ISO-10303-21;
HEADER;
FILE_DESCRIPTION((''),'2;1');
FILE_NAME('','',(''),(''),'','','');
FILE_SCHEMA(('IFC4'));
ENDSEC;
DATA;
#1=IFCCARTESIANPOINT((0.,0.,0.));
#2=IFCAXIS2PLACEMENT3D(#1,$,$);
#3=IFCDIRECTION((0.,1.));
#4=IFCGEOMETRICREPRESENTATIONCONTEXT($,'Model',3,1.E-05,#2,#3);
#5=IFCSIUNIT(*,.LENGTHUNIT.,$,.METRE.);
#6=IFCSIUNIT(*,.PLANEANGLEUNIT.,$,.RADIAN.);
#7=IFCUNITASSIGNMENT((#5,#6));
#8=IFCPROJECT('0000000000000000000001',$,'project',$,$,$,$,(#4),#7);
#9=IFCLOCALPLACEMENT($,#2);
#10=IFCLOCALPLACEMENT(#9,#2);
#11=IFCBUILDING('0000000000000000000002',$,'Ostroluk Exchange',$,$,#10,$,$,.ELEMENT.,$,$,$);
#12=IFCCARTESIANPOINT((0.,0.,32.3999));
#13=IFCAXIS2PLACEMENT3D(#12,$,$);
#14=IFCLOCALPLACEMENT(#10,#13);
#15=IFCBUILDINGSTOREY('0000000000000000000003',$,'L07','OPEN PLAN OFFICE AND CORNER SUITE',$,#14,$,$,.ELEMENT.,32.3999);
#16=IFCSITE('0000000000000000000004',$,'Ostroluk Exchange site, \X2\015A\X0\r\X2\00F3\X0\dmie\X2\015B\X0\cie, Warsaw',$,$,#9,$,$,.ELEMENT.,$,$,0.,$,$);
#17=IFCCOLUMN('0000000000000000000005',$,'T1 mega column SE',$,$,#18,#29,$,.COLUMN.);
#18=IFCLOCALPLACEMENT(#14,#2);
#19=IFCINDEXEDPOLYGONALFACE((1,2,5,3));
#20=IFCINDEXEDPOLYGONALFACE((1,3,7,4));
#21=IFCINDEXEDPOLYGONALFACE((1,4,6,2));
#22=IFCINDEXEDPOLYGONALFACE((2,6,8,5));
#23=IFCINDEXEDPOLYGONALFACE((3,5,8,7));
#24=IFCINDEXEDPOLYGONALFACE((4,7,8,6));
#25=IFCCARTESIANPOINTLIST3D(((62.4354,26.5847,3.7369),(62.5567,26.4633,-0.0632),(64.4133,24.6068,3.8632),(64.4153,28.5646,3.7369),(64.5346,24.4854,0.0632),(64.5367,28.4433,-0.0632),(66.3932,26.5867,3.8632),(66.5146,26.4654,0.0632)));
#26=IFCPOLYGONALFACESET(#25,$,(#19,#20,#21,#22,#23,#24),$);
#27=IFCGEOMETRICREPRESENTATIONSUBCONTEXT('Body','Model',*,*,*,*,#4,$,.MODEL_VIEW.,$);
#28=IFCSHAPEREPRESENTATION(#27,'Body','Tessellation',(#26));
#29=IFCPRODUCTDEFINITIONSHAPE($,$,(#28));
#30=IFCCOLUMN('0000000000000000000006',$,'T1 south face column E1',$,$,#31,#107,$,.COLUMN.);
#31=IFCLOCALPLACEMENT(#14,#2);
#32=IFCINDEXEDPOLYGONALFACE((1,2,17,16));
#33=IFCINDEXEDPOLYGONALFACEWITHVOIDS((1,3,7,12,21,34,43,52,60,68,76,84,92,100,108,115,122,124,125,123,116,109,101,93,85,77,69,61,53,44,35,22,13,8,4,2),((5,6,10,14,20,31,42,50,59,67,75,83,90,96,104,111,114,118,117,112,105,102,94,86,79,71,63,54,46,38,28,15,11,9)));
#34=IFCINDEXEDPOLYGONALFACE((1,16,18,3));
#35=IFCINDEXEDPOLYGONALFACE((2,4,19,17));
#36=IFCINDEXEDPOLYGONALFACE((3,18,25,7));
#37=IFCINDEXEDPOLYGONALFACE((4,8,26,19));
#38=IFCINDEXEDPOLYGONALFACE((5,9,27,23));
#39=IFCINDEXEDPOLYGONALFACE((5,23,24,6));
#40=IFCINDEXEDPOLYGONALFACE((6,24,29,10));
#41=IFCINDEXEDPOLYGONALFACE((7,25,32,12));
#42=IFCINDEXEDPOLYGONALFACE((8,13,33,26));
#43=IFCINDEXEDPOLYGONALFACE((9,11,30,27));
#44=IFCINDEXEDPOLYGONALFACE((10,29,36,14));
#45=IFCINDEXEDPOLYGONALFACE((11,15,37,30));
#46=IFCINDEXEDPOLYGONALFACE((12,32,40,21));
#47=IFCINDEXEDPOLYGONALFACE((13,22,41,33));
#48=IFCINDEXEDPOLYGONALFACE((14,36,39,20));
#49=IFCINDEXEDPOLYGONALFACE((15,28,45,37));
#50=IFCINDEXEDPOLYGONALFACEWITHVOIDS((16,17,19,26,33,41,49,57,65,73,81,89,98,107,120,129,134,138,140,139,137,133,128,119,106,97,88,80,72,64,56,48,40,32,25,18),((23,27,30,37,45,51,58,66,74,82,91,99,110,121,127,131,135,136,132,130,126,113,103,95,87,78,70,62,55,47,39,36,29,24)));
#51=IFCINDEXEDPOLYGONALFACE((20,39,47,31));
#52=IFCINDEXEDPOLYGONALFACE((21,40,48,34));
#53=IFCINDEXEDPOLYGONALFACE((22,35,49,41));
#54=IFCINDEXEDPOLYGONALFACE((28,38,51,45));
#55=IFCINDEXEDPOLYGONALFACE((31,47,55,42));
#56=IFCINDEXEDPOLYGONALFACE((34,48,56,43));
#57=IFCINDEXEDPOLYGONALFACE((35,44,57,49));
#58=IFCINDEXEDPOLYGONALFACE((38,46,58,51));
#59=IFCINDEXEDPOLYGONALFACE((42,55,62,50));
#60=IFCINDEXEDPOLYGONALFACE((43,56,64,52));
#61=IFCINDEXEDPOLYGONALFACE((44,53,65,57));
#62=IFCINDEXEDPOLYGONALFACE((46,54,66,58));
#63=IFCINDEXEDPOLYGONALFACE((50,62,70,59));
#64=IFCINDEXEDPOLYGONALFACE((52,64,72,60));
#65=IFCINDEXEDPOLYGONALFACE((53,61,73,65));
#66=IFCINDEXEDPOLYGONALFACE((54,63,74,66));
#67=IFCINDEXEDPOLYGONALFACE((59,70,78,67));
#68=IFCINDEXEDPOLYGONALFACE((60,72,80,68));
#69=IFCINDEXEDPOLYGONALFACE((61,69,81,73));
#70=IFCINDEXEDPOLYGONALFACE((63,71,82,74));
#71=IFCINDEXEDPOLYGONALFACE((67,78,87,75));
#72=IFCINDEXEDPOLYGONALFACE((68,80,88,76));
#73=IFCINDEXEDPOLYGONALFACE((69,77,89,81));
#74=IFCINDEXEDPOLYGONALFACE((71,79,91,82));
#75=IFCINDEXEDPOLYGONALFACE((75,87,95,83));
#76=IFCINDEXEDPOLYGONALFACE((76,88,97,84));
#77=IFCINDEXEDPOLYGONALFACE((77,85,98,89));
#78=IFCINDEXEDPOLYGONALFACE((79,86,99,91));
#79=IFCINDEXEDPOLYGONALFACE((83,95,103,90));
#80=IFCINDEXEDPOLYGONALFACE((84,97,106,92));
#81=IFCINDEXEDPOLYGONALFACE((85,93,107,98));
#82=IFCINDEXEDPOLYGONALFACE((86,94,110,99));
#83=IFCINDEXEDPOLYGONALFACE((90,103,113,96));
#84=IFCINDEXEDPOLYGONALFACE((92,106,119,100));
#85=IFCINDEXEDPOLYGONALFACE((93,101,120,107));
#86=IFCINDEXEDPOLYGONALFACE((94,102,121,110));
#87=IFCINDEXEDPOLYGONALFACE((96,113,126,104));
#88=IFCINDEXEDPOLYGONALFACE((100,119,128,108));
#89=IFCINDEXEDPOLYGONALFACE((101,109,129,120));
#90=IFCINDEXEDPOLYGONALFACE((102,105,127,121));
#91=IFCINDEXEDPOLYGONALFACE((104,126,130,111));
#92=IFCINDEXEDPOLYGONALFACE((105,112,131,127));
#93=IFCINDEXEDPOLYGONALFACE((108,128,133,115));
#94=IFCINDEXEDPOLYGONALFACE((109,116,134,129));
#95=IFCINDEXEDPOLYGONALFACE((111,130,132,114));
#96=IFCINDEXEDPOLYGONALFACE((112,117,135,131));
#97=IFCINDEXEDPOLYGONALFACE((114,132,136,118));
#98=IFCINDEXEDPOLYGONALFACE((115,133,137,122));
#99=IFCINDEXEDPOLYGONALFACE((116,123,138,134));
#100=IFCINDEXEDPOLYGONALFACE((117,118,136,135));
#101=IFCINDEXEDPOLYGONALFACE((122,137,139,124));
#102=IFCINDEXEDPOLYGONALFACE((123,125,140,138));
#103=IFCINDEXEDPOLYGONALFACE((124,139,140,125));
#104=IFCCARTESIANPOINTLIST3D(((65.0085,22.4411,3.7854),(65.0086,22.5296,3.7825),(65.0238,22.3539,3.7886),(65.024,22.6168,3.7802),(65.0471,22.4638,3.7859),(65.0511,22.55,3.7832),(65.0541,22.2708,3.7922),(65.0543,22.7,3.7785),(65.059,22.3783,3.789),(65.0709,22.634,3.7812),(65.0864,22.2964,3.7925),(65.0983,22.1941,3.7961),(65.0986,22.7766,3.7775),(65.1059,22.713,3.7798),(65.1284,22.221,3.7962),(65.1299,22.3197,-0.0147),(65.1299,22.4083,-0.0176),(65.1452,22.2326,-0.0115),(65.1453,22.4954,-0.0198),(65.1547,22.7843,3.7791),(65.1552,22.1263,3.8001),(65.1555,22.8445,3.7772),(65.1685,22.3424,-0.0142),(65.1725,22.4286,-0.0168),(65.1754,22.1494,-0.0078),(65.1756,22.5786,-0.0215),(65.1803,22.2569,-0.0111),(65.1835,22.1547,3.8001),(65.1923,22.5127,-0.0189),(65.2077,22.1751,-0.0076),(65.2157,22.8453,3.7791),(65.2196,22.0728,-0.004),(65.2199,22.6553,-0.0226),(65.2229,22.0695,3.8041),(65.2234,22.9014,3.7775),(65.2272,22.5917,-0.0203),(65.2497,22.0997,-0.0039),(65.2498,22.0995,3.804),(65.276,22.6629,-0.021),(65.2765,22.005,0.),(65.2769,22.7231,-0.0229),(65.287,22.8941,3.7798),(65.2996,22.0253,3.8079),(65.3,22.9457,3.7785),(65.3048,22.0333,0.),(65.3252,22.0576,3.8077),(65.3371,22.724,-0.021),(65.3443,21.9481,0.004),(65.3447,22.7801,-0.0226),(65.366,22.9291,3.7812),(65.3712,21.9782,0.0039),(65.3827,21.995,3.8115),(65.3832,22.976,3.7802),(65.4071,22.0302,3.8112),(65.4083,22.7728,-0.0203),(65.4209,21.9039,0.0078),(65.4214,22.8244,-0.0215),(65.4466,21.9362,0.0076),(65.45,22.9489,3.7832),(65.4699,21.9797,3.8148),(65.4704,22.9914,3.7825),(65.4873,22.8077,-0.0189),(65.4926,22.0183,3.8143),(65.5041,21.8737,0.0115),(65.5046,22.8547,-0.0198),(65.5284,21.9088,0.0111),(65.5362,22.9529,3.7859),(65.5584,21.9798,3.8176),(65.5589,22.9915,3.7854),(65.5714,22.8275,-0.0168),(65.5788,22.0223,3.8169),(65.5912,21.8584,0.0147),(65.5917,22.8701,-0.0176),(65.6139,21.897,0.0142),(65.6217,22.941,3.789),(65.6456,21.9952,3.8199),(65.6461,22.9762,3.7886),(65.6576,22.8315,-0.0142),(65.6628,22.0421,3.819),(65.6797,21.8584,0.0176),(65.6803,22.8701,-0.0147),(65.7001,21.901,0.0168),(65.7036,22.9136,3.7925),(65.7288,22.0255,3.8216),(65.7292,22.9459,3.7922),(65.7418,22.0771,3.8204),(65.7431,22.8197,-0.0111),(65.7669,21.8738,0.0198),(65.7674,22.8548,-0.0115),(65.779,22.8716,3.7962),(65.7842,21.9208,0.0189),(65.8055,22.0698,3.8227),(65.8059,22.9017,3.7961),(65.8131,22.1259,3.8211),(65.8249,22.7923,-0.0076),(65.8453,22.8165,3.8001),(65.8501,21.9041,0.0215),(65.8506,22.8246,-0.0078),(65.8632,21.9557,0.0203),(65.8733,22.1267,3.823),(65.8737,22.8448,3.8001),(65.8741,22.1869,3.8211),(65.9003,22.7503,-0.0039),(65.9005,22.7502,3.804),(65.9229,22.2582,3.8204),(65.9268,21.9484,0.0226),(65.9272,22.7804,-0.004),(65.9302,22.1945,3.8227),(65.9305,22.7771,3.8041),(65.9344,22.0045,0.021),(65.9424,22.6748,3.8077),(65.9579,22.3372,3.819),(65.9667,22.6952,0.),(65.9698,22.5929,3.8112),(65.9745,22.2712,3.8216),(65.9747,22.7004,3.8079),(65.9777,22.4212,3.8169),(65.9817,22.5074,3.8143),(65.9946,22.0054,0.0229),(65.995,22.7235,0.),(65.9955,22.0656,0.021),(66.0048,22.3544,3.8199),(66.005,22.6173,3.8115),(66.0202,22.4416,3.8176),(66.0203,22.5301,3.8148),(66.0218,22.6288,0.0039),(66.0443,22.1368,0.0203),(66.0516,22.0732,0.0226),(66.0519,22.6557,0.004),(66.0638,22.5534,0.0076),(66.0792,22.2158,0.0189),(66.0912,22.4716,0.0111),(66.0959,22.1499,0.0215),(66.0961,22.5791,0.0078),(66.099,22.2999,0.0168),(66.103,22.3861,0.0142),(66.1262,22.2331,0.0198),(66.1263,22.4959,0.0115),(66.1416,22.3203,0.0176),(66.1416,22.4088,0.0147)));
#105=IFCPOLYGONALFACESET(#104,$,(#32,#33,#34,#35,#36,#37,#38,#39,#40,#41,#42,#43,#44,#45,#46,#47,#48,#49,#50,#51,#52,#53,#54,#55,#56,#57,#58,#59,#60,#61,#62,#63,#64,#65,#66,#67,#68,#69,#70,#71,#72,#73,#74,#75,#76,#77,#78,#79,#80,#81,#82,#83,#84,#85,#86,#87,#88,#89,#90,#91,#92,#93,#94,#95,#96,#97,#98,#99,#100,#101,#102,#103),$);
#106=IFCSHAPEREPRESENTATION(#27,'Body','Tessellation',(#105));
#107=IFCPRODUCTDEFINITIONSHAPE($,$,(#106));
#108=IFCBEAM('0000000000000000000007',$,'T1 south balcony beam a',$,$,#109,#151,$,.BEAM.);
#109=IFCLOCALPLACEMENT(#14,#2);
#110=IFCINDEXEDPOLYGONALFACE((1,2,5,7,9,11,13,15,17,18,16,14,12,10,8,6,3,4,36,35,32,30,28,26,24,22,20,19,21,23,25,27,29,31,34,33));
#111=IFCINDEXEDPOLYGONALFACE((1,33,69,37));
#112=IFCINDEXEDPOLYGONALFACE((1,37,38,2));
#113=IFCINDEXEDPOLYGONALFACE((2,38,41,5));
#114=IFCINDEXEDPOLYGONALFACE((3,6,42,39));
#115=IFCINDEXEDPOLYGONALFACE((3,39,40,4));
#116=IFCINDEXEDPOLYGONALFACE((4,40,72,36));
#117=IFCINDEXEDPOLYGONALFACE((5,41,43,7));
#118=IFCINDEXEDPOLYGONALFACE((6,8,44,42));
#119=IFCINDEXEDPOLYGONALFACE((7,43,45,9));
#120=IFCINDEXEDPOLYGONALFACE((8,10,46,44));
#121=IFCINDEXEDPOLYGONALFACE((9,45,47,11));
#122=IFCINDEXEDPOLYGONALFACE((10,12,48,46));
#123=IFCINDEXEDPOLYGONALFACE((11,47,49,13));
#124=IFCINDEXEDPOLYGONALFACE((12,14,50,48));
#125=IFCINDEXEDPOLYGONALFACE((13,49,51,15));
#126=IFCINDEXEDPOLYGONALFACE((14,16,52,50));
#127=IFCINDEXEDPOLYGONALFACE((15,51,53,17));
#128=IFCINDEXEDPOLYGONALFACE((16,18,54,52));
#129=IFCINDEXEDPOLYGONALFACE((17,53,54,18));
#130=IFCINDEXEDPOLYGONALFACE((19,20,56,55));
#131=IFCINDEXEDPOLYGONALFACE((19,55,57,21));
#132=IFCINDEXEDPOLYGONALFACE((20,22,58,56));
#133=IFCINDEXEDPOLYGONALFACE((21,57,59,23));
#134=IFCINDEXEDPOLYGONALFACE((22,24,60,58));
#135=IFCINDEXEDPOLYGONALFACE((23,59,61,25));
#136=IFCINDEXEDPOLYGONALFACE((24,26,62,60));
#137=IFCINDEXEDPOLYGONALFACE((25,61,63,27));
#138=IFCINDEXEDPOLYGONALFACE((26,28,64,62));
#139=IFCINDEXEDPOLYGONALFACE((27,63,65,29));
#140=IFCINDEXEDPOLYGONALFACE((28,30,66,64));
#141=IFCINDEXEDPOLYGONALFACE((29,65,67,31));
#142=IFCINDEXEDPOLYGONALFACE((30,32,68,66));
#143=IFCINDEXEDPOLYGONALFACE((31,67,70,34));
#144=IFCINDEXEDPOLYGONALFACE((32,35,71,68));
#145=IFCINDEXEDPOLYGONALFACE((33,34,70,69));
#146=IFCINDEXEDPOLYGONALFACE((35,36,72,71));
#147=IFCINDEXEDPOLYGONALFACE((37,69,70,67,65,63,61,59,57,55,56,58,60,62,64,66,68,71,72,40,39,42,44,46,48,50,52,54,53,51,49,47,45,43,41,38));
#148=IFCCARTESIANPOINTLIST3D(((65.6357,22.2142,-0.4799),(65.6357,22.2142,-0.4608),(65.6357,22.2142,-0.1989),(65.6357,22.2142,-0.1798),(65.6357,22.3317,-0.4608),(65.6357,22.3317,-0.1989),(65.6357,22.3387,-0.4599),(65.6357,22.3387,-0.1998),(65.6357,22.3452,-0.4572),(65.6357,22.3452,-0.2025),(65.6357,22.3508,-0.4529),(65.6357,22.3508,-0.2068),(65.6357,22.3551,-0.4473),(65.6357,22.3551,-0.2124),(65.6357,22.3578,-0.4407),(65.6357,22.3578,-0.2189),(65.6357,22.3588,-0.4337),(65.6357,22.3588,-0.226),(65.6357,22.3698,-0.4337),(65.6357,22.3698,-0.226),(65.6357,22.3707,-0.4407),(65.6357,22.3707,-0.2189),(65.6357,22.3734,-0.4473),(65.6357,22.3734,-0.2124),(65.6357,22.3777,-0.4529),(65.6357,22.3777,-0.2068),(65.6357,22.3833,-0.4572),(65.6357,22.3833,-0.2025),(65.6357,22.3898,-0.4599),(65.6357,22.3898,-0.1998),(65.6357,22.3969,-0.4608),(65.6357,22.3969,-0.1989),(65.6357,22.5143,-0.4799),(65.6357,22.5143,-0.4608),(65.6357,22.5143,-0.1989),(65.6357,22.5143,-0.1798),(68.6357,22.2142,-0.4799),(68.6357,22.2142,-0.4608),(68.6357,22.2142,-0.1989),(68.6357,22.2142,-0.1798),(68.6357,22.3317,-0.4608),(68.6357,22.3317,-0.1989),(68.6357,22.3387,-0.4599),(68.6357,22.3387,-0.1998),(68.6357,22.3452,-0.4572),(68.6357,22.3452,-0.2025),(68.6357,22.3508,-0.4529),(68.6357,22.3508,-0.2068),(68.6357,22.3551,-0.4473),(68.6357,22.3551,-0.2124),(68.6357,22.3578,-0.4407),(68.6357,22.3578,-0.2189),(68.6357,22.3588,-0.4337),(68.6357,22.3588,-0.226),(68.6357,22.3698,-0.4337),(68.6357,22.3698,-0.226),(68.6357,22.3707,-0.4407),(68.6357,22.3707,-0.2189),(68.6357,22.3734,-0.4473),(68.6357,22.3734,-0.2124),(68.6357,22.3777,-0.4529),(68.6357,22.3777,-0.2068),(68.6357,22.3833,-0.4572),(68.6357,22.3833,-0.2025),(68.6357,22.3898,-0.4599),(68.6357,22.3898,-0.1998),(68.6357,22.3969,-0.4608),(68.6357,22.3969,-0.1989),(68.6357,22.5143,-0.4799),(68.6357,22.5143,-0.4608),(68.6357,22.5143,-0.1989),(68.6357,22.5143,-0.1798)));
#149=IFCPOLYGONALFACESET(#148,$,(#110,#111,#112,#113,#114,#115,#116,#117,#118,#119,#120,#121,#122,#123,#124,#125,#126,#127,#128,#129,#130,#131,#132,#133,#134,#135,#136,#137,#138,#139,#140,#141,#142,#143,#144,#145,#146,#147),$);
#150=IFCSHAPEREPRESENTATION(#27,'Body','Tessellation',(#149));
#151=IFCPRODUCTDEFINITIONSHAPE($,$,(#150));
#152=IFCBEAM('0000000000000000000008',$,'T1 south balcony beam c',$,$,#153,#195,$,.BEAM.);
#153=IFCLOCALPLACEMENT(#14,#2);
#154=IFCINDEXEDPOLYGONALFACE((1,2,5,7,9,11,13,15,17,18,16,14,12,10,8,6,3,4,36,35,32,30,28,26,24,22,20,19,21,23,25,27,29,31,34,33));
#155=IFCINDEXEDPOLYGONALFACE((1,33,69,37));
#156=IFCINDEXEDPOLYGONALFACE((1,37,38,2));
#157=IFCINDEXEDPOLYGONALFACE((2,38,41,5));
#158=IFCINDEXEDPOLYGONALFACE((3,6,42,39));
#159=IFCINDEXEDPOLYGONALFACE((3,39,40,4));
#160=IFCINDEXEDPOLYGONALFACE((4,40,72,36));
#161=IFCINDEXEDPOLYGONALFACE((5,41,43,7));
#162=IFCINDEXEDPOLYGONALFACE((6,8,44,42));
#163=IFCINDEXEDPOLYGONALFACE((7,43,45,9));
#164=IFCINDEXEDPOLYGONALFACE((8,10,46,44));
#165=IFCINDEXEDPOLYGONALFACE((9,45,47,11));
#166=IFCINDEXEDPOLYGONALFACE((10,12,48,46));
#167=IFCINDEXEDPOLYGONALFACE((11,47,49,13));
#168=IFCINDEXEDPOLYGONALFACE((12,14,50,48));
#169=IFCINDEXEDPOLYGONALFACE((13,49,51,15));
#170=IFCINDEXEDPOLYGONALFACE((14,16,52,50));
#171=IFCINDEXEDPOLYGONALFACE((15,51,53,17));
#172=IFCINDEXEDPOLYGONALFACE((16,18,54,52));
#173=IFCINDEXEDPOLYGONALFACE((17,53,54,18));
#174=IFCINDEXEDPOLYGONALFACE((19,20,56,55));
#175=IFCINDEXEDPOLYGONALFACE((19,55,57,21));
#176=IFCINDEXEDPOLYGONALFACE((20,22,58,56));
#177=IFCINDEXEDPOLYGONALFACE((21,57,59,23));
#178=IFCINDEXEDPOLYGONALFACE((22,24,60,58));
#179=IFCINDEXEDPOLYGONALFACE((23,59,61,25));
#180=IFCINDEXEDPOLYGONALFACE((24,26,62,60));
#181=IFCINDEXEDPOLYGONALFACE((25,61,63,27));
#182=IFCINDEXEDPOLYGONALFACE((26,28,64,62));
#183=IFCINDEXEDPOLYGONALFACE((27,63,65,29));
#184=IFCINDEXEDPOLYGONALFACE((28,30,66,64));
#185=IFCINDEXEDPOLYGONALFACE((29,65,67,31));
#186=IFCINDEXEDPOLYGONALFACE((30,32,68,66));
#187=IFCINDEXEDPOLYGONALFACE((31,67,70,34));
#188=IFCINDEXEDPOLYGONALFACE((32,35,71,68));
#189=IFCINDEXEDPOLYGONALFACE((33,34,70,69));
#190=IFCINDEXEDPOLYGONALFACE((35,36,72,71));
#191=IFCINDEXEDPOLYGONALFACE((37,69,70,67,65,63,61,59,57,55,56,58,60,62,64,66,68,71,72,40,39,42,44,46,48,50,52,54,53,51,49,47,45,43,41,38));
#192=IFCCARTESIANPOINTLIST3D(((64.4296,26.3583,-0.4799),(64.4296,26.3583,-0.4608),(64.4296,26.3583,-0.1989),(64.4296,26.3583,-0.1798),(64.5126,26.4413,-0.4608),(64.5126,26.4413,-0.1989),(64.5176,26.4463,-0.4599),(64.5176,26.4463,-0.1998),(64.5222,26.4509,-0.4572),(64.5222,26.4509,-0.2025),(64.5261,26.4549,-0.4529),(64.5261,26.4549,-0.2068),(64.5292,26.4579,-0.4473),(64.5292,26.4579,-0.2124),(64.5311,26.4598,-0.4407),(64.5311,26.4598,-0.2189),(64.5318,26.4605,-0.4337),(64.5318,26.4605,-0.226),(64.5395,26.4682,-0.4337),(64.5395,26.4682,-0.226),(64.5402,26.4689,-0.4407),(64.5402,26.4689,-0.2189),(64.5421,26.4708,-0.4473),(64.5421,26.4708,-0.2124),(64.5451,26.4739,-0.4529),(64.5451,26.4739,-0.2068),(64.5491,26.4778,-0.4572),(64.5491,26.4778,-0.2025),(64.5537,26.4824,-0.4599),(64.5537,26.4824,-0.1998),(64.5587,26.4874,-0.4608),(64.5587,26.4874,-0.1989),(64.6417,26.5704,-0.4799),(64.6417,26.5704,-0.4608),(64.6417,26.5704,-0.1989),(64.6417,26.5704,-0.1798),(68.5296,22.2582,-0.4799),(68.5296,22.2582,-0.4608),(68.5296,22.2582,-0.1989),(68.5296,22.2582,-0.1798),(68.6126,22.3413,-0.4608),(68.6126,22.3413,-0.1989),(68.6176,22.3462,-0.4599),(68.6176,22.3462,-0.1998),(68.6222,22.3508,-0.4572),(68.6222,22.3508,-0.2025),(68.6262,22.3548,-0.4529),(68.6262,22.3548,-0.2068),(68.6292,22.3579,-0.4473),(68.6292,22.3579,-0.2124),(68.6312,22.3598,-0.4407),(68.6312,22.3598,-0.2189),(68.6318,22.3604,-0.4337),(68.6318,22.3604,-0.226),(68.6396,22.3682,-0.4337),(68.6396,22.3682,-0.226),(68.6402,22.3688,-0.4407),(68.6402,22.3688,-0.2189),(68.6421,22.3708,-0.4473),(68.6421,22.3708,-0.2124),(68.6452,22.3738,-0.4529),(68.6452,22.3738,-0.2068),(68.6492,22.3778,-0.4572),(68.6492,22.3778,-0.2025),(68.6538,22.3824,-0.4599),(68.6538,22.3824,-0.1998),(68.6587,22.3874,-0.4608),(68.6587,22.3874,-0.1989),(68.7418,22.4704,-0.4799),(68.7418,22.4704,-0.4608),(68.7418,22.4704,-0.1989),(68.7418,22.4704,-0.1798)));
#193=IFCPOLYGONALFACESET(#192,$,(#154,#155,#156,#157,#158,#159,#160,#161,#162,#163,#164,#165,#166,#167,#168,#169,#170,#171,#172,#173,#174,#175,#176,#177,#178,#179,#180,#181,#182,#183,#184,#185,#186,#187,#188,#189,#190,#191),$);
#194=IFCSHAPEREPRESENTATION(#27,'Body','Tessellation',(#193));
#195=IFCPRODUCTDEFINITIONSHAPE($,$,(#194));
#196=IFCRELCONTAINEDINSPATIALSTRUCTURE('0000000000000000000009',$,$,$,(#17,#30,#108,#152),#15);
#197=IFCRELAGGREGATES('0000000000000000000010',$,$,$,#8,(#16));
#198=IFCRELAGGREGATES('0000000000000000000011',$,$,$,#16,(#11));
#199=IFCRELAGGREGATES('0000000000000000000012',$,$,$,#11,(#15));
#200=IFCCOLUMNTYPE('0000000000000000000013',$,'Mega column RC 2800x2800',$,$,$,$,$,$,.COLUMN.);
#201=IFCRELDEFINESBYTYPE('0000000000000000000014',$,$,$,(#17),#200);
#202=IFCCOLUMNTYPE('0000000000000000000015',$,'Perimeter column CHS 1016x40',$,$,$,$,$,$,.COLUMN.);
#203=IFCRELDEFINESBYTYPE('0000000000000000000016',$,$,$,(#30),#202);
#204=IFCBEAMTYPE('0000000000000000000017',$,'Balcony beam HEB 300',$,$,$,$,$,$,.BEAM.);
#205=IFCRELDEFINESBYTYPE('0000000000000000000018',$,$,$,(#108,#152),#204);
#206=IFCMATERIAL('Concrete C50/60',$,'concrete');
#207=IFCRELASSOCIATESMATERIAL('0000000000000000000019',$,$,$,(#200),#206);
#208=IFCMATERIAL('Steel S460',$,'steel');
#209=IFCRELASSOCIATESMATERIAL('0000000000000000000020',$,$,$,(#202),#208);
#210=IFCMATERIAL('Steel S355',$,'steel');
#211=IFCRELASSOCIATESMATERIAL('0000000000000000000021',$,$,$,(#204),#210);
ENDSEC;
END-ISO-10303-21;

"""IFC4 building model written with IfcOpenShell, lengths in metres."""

from ifc_helpers import new_model, si_unit, direction, frame, origin, origin_2d, place, context, subcontext, project, spatial, rectangle, hollow_circle, i_section, extrude, material, material_profile, profile_set, type_object, element, save


model = new_model("IFC4")

# Units and contexts
model_context = context("Model", 3, precision=1e-05, world=origin(), true_north=direction((0.0, 1.0)))
body_context = subcontext(model_context, "Body", "Model", "MODEL_VIEW")
ifc_project = project(units=[si_unit("LENGTHUNIT", "METRE"), si_unit("PLANEANGLEUNIT", "RADIAN")], contexts=[model_context])

# Site, building, storey
site_placement = place(None, origin())
site = spatial("IfcSite", under=ifc_project, at=site_placement, Name="Ostroluk Exchange site, Śródmieście, Warsaw", CompositionType="ELEMENT", RefElevation=0.0)
building_placement = place(site_placement, origin())
building = spatial("IfcBuilding", under=site, at=building_placement, Name="Ostroluk Exchange", CompositionType="ELEMENT")
storey_placement = place(building_placement, frame((0.0, 0.0, 32.3999)))
storey = spatial("IfcBuildingStorey", under=building, at=storey_placement, Name="L07", Description="OPEN PLAN OFFICE AND CORNER SUITE", CompositionType="ELEMENT", Elevation=32.3999)

# Columns
ifc_material_1 = material(Name="Concrete C50/60", Category="concrete")
ifc_material_profile_1 = material_profile(ifc_material_1, rectangle(XDim=2.8, YDim=2.8, at=origin_2d()), Name="RC 2800x2800")
ifc_profile_set_1 = profile_set([ifc_material_profile_1], Name="Concrete C50/60")
column_type_1 = type_object("IfcColumnType", Name="Mega column RC 2800x2800", PredefinedType="COLUMN", material=ifc_profile_set_1)
column_1_placement = place(storey_placement, frame((64.5356, 26.4644, 0.0), z_axis=(-0.031898, 0.031898, 0.998982), x_axis=(-0.707107, -0.707107, 0.0)))
element("IfcColumn", 1, at=column_1_placement, inside=storey, type_object=column_type_1, Name="T1 mega column SE", PredefinedType="COLUMN", context=body_context, shape_type="SweptSolid", body=[
    extrude(rectangle(XDim=2.8, YDim=2.8, at=origin_2d()), origin(), (0.0, 0.0, 1.0), 3.804),
])
ifc_material_2 = material(Name="Steel S460", Category="steel")
ifc_material_profile_2 = material_profile(ifc_material_2, hollow_circle(Radius=0.5081, WallThickness=0.04, at=origin_2d()), Name="CHS 1016x40")
ifc_profile_set_2 = profile_set([ifc_material_profile_2], Name="Steel S460")
column_type_2 = type_object("IfcColumnType", Name="Perimeter column CHS 1016x40", PredefinedType="COLUMN", material=ifc_profile_set_2)
column_2_placement = place(storey_placement, frame((65.6357, 22.3643, 0.0), z_axis=(-0.031898, 0.031898, 0.998982), x_axis=(-0.707107, -0.707107, 0.0)))
element("IfcColumn", 2, at=column_2_placement, inside=storey, type_object=column_type_2, Name="T1 south face column E1", PredefinedType="COLUMN", context=body_context, shape_type="SweptSolid", body=[
    extrude(hollow_circle(Radius=0.5081, WallThickness=0.04, at=origin_2d()), origin(), (0.0, 0.0, 1.0), 3.804),
])

# Beams
ifc_material_3 = material(Name="Steel S355", Category="steel")
ifc_material_profile_3 = material_profile(ifc_material_3, i_section(OverallWidth=0.3, OverallDepth=0.3, WebThickness=0.011, FlangeThickness=0.019, FilletRadius=0.0271, at=origin_2d()), Name="HEB 300")
ifc_profile_set_3 = profile_set([ifc_material_profile_3], Name="Steel S355")
beam_type_1 = type_object("IfcBeamType", Name="Balcony beam HEB 300", PredefinedType="BEAM", material=ifc_profile_set_3)
beam_1_placement = place(storey_placement, frame((65.6357, 22.3643, -0.3298), z_axis=(1.0, 0.0, 0.0), x_axis=(0.0, 1.0, 0.0)))
element("IfcBeam", 3, at=beam_1_placement, inside=storey, type_object=beam_type_1, Name="T1 south balcony beam a", PredefinedType="BEAM", context=body_context, shape_type="SweptSolid", body=[
    extrude(i_section(OverallWidth=0.3, OverallDepth=0.3, WebThickness=0.011, FlangeThickness=0.019, FilletRadius=0.0271, at=origin_2d()), origin(), (0.0, 0.0, 1.0), 3.0),
])
beam_2_placement = place(storey_placement, frame((64.5356, 26.4644, -0.3298), z_axis=(0.707107, -0.707107, 0.0), x_axis=(0.707107, 0.707107, 0.0)))
element("IfcBeam", 4, at=beam_2_placement, inside=storey, type_object=beam_type_1, Name="T1 south balcony beam c", PredefinedType="BEAM", context=body_context, shape_type="SweptSolid", body=[
    extrude(i_section(OverallWidth=0.3, OverallDepth=0.3, WebThickness=0.011, FlangeThickness=0.019, FilletRadius=0.0271, at=origin_2d()), origin(), (0.0, 0.0, 1.0), 5.7983),
])

save(model, "model.ifc")
